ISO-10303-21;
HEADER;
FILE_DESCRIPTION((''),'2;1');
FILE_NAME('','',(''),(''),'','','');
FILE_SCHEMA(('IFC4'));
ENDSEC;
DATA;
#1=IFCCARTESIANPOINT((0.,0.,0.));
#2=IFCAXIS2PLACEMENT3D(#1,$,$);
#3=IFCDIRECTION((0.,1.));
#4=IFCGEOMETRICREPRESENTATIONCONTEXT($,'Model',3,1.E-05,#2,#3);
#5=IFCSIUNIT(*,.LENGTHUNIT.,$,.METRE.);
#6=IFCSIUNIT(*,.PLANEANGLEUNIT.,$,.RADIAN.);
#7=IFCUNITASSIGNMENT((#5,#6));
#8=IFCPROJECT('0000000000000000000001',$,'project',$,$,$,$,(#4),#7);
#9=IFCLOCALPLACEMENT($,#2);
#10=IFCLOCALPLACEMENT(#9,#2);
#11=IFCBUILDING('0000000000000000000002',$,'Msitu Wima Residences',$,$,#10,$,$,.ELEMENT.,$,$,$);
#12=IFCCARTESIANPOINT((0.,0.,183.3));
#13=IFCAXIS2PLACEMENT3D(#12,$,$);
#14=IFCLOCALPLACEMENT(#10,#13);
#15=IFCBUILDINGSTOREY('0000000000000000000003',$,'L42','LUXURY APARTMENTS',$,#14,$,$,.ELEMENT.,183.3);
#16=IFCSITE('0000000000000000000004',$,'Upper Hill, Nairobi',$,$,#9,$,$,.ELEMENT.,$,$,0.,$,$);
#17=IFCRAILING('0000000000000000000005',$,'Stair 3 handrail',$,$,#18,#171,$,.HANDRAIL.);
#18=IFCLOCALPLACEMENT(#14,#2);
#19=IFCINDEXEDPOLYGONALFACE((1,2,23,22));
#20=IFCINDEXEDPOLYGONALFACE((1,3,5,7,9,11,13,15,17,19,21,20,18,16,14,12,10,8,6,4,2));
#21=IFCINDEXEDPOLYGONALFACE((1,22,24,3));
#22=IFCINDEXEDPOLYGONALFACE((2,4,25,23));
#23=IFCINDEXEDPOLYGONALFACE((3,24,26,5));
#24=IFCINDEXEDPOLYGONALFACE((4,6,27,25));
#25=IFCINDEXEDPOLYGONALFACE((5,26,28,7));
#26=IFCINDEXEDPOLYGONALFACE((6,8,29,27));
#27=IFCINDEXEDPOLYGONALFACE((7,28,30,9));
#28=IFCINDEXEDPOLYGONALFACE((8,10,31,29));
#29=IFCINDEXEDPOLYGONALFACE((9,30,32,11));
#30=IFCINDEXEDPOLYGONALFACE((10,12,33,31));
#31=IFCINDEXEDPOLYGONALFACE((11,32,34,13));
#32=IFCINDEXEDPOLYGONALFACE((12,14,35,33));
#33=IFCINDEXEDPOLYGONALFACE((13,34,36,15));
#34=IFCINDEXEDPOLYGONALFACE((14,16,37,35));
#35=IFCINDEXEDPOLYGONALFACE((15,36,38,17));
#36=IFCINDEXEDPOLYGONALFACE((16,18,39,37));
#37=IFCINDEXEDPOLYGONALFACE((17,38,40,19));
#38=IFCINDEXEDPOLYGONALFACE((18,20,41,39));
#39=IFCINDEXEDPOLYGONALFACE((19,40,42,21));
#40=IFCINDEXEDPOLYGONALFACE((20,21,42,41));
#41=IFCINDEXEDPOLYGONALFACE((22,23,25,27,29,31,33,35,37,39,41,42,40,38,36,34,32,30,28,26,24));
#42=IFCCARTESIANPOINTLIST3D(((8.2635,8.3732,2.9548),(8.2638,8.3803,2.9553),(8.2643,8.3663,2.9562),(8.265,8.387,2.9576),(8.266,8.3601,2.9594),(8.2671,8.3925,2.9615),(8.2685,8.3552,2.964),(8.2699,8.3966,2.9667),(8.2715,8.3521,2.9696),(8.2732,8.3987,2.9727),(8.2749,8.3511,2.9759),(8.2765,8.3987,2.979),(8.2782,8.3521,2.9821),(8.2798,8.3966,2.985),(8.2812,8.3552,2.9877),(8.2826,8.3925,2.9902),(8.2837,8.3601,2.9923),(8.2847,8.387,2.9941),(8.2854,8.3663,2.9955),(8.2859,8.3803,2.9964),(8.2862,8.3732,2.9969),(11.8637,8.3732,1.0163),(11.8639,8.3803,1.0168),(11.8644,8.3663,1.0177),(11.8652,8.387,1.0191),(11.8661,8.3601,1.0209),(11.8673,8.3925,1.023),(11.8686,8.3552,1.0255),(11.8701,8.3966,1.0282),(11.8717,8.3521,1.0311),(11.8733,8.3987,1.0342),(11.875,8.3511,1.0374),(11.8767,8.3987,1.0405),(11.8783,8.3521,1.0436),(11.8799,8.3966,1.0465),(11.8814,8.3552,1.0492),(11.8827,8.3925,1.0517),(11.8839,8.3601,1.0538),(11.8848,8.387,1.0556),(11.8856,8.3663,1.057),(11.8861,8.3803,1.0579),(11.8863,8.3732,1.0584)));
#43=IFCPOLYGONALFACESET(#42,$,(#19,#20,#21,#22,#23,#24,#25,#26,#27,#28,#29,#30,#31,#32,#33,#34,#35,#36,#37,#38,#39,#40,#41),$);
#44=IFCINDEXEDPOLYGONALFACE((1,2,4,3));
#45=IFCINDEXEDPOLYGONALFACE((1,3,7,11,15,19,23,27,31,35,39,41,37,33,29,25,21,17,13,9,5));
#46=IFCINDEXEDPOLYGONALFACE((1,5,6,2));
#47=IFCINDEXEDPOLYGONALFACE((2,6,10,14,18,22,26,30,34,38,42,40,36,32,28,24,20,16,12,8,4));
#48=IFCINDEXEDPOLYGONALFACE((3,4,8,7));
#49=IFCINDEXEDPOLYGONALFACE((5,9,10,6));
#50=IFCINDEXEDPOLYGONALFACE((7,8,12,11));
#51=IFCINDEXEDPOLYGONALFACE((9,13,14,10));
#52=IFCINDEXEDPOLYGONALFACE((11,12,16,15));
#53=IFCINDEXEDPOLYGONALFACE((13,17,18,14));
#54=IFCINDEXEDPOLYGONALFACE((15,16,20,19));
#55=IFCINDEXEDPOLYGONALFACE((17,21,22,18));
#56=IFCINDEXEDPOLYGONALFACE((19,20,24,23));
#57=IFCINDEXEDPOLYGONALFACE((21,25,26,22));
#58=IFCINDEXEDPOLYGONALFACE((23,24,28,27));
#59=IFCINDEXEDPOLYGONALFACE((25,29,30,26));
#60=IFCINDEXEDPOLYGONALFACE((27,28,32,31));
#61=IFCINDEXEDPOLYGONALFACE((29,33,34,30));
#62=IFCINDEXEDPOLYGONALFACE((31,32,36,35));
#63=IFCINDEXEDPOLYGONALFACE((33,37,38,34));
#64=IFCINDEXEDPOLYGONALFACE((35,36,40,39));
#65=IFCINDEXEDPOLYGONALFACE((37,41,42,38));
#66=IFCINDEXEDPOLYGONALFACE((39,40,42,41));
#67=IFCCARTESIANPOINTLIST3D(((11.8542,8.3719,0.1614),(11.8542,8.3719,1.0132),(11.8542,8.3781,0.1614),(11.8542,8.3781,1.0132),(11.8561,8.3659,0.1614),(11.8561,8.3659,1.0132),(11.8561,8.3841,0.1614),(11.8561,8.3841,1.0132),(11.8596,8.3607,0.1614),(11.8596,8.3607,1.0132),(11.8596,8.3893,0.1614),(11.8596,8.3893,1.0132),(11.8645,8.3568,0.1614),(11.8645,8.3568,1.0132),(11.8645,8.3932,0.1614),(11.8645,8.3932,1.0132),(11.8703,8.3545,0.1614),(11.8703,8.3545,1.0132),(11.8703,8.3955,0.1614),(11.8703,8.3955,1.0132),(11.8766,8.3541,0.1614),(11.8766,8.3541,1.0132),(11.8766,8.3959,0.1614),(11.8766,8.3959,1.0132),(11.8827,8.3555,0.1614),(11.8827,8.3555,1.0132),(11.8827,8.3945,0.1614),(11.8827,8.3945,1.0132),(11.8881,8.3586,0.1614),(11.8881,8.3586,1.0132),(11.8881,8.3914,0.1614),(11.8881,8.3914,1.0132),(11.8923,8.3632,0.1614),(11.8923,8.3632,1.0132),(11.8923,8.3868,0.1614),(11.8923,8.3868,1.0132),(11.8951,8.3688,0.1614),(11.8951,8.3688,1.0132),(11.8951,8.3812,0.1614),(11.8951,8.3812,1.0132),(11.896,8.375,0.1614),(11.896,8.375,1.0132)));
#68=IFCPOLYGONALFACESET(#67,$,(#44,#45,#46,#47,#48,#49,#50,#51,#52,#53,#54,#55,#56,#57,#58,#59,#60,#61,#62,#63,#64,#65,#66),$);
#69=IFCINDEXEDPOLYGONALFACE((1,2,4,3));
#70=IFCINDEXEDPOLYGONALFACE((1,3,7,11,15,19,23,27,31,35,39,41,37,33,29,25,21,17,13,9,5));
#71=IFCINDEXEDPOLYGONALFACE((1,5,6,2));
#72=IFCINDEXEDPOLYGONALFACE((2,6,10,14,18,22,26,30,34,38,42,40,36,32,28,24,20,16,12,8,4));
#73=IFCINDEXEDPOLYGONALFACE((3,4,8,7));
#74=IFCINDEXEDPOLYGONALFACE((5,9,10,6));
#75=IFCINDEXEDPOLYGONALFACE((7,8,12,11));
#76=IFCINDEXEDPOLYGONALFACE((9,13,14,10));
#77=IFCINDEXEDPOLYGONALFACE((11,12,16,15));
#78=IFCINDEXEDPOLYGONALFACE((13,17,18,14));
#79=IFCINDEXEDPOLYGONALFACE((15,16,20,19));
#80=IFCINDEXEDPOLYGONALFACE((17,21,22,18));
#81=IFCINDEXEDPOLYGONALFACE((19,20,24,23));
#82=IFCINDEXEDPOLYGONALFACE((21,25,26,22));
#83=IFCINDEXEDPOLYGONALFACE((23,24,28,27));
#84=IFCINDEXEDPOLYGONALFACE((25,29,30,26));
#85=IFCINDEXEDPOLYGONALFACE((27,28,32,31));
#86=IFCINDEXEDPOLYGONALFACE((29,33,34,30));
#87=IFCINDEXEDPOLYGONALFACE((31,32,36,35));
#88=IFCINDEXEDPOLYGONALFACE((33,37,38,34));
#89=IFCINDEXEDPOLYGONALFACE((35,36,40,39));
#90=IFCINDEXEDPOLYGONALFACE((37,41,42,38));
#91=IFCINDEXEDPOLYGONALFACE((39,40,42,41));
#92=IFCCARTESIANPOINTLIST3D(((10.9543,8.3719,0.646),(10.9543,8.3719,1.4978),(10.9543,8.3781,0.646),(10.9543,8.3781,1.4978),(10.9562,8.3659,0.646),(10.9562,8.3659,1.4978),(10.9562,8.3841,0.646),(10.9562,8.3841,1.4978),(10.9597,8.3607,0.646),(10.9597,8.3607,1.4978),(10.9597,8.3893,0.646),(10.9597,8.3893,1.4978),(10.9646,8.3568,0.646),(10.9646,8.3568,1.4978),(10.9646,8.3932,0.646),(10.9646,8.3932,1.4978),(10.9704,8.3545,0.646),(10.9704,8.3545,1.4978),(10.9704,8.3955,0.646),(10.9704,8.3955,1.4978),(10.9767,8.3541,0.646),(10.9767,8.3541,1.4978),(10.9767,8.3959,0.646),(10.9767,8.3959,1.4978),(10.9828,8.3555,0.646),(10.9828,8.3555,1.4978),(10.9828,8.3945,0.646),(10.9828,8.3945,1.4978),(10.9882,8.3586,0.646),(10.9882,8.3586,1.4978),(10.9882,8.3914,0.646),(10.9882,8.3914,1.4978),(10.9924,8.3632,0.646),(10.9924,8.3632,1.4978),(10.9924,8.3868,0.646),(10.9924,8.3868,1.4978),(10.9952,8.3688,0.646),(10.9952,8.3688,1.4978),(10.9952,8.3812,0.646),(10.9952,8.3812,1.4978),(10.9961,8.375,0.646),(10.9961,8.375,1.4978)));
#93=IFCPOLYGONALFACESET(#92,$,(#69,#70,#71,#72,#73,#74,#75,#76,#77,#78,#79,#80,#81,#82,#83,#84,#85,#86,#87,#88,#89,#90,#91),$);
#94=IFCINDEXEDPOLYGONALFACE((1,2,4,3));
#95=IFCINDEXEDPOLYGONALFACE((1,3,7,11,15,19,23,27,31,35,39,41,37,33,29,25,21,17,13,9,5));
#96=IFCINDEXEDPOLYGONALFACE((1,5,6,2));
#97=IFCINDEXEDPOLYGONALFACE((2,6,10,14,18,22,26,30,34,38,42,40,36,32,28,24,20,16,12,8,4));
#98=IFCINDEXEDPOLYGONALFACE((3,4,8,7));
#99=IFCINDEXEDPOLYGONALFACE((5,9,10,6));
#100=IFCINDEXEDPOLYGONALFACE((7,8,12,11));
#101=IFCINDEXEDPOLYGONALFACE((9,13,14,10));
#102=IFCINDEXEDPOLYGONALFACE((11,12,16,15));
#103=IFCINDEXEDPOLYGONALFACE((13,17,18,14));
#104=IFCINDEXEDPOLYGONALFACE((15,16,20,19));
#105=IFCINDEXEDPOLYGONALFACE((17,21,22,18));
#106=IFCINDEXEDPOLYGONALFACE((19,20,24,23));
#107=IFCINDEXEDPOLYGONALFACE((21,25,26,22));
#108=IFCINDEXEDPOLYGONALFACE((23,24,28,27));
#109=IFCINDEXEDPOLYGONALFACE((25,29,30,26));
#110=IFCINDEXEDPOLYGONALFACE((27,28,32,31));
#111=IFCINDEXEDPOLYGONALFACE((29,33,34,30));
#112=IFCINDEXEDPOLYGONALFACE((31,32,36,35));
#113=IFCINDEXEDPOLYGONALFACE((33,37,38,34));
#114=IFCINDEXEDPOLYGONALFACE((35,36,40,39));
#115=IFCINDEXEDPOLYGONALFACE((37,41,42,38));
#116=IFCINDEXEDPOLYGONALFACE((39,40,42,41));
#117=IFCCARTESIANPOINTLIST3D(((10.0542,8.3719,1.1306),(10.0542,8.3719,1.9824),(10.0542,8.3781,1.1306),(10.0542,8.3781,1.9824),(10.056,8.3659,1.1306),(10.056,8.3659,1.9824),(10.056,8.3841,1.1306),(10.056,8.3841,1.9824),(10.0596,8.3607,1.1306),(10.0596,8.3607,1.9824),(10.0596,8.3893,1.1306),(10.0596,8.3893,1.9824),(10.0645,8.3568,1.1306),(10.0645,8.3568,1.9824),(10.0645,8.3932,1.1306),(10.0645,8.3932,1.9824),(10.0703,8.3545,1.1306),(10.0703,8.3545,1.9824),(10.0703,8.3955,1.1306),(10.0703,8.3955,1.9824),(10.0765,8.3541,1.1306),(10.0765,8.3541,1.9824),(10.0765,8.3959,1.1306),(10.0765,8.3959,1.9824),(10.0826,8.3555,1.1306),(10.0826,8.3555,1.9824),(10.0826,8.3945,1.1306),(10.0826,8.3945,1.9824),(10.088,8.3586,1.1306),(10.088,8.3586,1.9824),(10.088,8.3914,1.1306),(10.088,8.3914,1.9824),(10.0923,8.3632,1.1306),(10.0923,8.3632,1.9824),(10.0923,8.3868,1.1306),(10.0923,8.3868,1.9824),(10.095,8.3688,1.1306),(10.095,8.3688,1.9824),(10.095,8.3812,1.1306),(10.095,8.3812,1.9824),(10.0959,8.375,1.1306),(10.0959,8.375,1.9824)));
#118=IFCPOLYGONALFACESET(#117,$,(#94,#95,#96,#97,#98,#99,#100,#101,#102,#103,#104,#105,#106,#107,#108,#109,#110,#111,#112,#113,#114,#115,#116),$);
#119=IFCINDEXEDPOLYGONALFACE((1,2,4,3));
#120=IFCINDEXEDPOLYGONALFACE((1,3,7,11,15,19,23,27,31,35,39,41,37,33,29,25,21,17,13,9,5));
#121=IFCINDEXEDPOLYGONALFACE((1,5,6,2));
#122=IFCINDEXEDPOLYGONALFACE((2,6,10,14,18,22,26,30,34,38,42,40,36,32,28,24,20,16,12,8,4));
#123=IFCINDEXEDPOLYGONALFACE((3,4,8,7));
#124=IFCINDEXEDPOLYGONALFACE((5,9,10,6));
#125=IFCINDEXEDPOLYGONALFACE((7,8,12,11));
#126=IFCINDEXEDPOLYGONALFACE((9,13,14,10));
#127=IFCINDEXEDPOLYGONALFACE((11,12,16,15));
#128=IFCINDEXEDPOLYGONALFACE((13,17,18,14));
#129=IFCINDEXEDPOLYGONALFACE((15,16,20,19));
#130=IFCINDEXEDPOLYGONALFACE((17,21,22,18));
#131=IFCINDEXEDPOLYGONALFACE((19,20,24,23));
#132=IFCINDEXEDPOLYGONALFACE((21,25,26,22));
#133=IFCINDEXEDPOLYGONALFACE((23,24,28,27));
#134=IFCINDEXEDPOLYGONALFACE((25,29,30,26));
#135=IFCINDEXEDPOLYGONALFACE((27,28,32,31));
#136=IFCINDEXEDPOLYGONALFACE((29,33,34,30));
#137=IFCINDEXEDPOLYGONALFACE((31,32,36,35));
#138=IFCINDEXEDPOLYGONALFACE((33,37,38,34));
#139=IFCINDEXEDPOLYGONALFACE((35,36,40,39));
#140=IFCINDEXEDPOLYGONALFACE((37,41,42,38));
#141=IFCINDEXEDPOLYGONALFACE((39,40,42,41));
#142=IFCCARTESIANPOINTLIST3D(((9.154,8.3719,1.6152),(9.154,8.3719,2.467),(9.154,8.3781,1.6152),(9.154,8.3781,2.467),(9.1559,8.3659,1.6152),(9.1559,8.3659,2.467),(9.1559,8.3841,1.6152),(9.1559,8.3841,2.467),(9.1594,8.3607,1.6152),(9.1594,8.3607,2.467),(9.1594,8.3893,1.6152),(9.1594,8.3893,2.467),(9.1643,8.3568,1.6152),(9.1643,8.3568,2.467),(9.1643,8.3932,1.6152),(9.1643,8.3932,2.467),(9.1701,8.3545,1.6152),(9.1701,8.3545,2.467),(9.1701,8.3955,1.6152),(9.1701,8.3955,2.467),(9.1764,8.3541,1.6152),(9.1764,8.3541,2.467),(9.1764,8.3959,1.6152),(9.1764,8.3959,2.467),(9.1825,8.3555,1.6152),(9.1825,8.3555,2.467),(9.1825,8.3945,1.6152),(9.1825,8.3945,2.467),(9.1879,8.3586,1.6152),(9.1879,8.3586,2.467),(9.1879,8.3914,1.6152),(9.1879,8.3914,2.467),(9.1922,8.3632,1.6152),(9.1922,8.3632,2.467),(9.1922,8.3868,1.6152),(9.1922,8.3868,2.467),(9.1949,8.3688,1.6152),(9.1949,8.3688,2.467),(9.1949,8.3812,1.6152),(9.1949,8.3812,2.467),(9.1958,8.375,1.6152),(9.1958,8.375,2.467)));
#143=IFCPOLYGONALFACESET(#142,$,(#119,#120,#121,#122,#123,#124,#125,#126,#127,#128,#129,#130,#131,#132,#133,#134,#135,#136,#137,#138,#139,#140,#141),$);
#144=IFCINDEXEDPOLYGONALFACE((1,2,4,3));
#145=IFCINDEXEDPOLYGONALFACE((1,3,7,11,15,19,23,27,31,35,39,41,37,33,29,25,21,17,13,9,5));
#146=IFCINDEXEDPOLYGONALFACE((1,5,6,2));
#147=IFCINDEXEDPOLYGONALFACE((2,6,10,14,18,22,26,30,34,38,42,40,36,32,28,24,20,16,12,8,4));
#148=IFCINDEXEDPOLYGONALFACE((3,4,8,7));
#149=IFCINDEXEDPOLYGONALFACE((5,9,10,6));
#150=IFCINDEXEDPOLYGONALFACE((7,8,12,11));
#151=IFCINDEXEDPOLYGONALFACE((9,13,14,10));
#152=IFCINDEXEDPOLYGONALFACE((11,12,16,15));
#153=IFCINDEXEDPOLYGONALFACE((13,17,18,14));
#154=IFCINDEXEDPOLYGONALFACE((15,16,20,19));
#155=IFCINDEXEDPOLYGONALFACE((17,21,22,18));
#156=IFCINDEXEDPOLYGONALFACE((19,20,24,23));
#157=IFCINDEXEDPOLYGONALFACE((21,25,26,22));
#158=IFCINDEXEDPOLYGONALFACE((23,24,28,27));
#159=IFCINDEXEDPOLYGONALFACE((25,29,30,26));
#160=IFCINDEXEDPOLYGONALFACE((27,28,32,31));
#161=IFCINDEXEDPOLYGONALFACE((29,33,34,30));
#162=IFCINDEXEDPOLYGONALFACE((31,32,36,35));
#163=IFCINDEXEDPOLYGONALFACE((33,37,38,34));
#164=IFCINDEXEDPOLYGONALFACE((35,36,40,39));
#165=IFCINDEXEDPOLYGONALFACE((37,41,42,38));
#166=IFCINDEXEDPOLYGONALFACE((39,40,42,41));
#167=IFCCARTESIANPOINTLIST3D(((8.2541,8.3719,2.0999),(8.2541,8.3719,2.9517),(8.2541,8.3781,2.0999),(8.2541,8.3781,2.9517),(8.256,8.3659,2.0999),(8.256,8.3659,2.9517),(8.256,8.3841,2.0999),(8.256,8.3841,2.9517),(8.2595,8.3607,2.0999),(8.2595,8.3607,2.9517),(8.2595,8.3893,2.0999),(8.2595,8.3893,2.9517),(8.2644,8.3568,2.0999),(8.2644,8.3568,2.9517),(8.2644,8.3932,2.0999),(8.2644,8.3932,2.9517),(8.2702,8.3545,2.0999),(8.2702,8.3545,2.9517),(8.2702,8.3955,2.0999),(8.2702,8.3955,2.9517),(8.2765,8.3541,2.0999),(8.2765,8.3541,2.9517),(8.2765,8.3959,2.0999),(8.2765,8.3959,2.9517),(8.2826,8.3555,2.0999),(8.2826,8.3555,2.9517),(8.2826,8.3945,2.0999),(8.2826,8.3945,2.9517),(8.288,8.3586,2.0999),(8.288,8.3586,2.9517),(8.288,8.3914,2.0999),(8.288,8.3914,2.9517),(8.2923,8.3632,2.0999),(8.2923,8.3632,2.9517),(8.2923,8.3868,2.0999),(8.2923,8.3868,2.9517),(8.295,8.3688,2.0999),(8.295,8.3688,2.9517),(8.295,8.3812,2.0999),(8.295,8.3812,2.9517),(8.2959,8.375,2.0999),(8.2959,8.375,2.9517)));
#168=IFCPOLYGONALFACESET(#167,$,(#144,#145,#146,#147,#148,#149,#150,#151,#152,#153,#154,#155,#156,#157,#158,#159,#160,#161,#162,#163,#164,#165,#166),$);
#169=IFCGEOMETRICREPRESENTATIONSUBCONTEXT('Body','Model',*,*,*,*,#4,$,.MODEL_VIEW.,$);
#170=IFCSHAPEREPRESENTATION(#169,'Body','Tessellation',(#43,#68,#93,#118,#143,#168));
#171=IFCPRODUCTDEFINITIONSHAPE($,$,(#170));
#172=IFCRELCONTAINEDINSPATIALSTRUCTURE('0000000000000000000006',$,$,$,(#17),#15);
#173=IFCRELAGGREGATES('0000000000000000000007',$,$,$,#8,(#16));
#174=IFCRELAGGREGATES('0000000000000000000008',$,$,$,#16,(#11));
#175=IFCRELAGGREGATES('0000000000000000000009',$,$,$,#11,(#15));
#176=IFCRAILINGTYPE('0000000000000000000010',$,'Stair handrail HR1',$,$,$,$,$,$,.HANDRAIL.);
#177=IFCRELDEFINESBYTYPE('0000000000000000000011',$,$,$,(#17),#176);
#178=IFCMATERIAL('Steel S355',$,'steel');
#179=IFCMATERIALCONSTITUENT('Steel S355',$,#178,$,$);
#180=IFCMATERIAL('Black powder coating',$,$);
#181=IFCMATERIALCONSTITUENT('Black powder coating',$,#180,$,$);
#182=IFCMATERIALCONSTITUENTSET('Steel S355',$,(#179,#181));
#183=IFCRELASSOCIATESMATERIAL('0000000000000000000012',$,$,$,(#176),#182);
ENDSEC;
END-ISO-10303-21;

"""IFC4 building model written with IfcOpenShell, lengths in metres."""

from ifc_helpers import new_model, si_unit, direction, frame, origin, origin_2d, place, context, subcontext, project, spatial, circle, extrude, material, constituent, constituent_set, type_object, element, save


model = new_model("IFC4")

# Units and contexts
model_context = context("Model", 3, precision=1e-05, world=origin(), true_north=direction((0.0, 1.0)))
body_context = subcontext(model_context, "Body", "Model", "MODEL_VIEW")
ifc_project = project(units=[si_unit("LENGTHUNIT", "METRE"), si_unit("PLANEANGLEUNIT", "RADIAN")], contexts=[model_context])

# Site, building, storey
site_placement = place(None, origin())
site = spatial("IfcSite", under=ifc_project, at=site_placement, Name="Upper Hill, Nairobi", CompositionType="ELEMENT", RefElevation=0.0)
building_placement = place(site_placement, origin())
building = spatial("IfcBuilding", under=site, at=building_placement, Name="Msitu Wima Residences", CompositionType="ELEMENT")
storey_placement = place(building_placement, frame((0.0, 0.0, 183.3)))
storey = spatial("IfcBuildingStorey", under=building, at=storey_placement, Name="L42", Description="LUXURY APARTMENTS", CompositionType="ELEMENT", Elevation=183.3)

# Railing
ifc_material_1 = material(Name="Steel S355", Category="steel")
ifc_constituent_1 = constituent(ifc_material_1, Name="Steel S355")
ifc_material_2 = material(Name="Black powder coating")
ifc_constituent_2 = constituent(ifc_material_2, Name="Black powder coating")
ifc_constituent_set_1 = constituent_set(constituents=[ifc_constituent_1, ifc_constituent_2], Name="Steel S355")
railing_type_1 = type_object("IfcRailingType", Name="Stair handrail HR1", PredefinedType="HANDRAIL", material=ifc_constituent_set_1)
for number, where, name in (
    (1, (11.875, 8.375, 0.1614), "Stair 3 handrail"),
):
    element("IfcRailing", number, at=place(storey_placement, frame(where)), inside=storey, type_object=railing_type_1, Name=name, PredefinedType="HANDRAIL", context=body_context, shape_type="SweptSolid", body=[
        extrude(circle(Radius=0.0239, at=origin_2d()), frame((0.0, 0.0, 0.876), z_axis=(-0.880475, 0.0, 0.474093), x_axis=(0.0, -1.0, 0.0)), (0.0, 0.0, 1.0), 4.0889),
        extrude(circle(Radius=0.021, at=origin_2d()), origin(), (0.0, 0.0, 1.0), 0.8518),
        extrude(circle(Radius=0.021, at=origin_2d()), frame((-0.8999, 0.0, 0.4846)), (0.0, 0.0, 1.0), 0.8518),
        extrude(circle(Radius=0.021, at=origin_2d()), frame((-1.8, 0.0, 0.9692)), (0.0, 0.0, 1.0), 0.8518),
        extrude(circle(Radius=0.021, at=origin_2d()), frame((-2.7002, 0.0, 1.4539)), (0.0, 0.0, 1.0), 0.8518),
        extrude(circle(Radius=0.021, at=origin_2d()), frame((-3.6001, 0.0, 1.9385)), (0.0, 0.0, 1.0), 0.8518),
    ])

save(model, "model.ifc")
